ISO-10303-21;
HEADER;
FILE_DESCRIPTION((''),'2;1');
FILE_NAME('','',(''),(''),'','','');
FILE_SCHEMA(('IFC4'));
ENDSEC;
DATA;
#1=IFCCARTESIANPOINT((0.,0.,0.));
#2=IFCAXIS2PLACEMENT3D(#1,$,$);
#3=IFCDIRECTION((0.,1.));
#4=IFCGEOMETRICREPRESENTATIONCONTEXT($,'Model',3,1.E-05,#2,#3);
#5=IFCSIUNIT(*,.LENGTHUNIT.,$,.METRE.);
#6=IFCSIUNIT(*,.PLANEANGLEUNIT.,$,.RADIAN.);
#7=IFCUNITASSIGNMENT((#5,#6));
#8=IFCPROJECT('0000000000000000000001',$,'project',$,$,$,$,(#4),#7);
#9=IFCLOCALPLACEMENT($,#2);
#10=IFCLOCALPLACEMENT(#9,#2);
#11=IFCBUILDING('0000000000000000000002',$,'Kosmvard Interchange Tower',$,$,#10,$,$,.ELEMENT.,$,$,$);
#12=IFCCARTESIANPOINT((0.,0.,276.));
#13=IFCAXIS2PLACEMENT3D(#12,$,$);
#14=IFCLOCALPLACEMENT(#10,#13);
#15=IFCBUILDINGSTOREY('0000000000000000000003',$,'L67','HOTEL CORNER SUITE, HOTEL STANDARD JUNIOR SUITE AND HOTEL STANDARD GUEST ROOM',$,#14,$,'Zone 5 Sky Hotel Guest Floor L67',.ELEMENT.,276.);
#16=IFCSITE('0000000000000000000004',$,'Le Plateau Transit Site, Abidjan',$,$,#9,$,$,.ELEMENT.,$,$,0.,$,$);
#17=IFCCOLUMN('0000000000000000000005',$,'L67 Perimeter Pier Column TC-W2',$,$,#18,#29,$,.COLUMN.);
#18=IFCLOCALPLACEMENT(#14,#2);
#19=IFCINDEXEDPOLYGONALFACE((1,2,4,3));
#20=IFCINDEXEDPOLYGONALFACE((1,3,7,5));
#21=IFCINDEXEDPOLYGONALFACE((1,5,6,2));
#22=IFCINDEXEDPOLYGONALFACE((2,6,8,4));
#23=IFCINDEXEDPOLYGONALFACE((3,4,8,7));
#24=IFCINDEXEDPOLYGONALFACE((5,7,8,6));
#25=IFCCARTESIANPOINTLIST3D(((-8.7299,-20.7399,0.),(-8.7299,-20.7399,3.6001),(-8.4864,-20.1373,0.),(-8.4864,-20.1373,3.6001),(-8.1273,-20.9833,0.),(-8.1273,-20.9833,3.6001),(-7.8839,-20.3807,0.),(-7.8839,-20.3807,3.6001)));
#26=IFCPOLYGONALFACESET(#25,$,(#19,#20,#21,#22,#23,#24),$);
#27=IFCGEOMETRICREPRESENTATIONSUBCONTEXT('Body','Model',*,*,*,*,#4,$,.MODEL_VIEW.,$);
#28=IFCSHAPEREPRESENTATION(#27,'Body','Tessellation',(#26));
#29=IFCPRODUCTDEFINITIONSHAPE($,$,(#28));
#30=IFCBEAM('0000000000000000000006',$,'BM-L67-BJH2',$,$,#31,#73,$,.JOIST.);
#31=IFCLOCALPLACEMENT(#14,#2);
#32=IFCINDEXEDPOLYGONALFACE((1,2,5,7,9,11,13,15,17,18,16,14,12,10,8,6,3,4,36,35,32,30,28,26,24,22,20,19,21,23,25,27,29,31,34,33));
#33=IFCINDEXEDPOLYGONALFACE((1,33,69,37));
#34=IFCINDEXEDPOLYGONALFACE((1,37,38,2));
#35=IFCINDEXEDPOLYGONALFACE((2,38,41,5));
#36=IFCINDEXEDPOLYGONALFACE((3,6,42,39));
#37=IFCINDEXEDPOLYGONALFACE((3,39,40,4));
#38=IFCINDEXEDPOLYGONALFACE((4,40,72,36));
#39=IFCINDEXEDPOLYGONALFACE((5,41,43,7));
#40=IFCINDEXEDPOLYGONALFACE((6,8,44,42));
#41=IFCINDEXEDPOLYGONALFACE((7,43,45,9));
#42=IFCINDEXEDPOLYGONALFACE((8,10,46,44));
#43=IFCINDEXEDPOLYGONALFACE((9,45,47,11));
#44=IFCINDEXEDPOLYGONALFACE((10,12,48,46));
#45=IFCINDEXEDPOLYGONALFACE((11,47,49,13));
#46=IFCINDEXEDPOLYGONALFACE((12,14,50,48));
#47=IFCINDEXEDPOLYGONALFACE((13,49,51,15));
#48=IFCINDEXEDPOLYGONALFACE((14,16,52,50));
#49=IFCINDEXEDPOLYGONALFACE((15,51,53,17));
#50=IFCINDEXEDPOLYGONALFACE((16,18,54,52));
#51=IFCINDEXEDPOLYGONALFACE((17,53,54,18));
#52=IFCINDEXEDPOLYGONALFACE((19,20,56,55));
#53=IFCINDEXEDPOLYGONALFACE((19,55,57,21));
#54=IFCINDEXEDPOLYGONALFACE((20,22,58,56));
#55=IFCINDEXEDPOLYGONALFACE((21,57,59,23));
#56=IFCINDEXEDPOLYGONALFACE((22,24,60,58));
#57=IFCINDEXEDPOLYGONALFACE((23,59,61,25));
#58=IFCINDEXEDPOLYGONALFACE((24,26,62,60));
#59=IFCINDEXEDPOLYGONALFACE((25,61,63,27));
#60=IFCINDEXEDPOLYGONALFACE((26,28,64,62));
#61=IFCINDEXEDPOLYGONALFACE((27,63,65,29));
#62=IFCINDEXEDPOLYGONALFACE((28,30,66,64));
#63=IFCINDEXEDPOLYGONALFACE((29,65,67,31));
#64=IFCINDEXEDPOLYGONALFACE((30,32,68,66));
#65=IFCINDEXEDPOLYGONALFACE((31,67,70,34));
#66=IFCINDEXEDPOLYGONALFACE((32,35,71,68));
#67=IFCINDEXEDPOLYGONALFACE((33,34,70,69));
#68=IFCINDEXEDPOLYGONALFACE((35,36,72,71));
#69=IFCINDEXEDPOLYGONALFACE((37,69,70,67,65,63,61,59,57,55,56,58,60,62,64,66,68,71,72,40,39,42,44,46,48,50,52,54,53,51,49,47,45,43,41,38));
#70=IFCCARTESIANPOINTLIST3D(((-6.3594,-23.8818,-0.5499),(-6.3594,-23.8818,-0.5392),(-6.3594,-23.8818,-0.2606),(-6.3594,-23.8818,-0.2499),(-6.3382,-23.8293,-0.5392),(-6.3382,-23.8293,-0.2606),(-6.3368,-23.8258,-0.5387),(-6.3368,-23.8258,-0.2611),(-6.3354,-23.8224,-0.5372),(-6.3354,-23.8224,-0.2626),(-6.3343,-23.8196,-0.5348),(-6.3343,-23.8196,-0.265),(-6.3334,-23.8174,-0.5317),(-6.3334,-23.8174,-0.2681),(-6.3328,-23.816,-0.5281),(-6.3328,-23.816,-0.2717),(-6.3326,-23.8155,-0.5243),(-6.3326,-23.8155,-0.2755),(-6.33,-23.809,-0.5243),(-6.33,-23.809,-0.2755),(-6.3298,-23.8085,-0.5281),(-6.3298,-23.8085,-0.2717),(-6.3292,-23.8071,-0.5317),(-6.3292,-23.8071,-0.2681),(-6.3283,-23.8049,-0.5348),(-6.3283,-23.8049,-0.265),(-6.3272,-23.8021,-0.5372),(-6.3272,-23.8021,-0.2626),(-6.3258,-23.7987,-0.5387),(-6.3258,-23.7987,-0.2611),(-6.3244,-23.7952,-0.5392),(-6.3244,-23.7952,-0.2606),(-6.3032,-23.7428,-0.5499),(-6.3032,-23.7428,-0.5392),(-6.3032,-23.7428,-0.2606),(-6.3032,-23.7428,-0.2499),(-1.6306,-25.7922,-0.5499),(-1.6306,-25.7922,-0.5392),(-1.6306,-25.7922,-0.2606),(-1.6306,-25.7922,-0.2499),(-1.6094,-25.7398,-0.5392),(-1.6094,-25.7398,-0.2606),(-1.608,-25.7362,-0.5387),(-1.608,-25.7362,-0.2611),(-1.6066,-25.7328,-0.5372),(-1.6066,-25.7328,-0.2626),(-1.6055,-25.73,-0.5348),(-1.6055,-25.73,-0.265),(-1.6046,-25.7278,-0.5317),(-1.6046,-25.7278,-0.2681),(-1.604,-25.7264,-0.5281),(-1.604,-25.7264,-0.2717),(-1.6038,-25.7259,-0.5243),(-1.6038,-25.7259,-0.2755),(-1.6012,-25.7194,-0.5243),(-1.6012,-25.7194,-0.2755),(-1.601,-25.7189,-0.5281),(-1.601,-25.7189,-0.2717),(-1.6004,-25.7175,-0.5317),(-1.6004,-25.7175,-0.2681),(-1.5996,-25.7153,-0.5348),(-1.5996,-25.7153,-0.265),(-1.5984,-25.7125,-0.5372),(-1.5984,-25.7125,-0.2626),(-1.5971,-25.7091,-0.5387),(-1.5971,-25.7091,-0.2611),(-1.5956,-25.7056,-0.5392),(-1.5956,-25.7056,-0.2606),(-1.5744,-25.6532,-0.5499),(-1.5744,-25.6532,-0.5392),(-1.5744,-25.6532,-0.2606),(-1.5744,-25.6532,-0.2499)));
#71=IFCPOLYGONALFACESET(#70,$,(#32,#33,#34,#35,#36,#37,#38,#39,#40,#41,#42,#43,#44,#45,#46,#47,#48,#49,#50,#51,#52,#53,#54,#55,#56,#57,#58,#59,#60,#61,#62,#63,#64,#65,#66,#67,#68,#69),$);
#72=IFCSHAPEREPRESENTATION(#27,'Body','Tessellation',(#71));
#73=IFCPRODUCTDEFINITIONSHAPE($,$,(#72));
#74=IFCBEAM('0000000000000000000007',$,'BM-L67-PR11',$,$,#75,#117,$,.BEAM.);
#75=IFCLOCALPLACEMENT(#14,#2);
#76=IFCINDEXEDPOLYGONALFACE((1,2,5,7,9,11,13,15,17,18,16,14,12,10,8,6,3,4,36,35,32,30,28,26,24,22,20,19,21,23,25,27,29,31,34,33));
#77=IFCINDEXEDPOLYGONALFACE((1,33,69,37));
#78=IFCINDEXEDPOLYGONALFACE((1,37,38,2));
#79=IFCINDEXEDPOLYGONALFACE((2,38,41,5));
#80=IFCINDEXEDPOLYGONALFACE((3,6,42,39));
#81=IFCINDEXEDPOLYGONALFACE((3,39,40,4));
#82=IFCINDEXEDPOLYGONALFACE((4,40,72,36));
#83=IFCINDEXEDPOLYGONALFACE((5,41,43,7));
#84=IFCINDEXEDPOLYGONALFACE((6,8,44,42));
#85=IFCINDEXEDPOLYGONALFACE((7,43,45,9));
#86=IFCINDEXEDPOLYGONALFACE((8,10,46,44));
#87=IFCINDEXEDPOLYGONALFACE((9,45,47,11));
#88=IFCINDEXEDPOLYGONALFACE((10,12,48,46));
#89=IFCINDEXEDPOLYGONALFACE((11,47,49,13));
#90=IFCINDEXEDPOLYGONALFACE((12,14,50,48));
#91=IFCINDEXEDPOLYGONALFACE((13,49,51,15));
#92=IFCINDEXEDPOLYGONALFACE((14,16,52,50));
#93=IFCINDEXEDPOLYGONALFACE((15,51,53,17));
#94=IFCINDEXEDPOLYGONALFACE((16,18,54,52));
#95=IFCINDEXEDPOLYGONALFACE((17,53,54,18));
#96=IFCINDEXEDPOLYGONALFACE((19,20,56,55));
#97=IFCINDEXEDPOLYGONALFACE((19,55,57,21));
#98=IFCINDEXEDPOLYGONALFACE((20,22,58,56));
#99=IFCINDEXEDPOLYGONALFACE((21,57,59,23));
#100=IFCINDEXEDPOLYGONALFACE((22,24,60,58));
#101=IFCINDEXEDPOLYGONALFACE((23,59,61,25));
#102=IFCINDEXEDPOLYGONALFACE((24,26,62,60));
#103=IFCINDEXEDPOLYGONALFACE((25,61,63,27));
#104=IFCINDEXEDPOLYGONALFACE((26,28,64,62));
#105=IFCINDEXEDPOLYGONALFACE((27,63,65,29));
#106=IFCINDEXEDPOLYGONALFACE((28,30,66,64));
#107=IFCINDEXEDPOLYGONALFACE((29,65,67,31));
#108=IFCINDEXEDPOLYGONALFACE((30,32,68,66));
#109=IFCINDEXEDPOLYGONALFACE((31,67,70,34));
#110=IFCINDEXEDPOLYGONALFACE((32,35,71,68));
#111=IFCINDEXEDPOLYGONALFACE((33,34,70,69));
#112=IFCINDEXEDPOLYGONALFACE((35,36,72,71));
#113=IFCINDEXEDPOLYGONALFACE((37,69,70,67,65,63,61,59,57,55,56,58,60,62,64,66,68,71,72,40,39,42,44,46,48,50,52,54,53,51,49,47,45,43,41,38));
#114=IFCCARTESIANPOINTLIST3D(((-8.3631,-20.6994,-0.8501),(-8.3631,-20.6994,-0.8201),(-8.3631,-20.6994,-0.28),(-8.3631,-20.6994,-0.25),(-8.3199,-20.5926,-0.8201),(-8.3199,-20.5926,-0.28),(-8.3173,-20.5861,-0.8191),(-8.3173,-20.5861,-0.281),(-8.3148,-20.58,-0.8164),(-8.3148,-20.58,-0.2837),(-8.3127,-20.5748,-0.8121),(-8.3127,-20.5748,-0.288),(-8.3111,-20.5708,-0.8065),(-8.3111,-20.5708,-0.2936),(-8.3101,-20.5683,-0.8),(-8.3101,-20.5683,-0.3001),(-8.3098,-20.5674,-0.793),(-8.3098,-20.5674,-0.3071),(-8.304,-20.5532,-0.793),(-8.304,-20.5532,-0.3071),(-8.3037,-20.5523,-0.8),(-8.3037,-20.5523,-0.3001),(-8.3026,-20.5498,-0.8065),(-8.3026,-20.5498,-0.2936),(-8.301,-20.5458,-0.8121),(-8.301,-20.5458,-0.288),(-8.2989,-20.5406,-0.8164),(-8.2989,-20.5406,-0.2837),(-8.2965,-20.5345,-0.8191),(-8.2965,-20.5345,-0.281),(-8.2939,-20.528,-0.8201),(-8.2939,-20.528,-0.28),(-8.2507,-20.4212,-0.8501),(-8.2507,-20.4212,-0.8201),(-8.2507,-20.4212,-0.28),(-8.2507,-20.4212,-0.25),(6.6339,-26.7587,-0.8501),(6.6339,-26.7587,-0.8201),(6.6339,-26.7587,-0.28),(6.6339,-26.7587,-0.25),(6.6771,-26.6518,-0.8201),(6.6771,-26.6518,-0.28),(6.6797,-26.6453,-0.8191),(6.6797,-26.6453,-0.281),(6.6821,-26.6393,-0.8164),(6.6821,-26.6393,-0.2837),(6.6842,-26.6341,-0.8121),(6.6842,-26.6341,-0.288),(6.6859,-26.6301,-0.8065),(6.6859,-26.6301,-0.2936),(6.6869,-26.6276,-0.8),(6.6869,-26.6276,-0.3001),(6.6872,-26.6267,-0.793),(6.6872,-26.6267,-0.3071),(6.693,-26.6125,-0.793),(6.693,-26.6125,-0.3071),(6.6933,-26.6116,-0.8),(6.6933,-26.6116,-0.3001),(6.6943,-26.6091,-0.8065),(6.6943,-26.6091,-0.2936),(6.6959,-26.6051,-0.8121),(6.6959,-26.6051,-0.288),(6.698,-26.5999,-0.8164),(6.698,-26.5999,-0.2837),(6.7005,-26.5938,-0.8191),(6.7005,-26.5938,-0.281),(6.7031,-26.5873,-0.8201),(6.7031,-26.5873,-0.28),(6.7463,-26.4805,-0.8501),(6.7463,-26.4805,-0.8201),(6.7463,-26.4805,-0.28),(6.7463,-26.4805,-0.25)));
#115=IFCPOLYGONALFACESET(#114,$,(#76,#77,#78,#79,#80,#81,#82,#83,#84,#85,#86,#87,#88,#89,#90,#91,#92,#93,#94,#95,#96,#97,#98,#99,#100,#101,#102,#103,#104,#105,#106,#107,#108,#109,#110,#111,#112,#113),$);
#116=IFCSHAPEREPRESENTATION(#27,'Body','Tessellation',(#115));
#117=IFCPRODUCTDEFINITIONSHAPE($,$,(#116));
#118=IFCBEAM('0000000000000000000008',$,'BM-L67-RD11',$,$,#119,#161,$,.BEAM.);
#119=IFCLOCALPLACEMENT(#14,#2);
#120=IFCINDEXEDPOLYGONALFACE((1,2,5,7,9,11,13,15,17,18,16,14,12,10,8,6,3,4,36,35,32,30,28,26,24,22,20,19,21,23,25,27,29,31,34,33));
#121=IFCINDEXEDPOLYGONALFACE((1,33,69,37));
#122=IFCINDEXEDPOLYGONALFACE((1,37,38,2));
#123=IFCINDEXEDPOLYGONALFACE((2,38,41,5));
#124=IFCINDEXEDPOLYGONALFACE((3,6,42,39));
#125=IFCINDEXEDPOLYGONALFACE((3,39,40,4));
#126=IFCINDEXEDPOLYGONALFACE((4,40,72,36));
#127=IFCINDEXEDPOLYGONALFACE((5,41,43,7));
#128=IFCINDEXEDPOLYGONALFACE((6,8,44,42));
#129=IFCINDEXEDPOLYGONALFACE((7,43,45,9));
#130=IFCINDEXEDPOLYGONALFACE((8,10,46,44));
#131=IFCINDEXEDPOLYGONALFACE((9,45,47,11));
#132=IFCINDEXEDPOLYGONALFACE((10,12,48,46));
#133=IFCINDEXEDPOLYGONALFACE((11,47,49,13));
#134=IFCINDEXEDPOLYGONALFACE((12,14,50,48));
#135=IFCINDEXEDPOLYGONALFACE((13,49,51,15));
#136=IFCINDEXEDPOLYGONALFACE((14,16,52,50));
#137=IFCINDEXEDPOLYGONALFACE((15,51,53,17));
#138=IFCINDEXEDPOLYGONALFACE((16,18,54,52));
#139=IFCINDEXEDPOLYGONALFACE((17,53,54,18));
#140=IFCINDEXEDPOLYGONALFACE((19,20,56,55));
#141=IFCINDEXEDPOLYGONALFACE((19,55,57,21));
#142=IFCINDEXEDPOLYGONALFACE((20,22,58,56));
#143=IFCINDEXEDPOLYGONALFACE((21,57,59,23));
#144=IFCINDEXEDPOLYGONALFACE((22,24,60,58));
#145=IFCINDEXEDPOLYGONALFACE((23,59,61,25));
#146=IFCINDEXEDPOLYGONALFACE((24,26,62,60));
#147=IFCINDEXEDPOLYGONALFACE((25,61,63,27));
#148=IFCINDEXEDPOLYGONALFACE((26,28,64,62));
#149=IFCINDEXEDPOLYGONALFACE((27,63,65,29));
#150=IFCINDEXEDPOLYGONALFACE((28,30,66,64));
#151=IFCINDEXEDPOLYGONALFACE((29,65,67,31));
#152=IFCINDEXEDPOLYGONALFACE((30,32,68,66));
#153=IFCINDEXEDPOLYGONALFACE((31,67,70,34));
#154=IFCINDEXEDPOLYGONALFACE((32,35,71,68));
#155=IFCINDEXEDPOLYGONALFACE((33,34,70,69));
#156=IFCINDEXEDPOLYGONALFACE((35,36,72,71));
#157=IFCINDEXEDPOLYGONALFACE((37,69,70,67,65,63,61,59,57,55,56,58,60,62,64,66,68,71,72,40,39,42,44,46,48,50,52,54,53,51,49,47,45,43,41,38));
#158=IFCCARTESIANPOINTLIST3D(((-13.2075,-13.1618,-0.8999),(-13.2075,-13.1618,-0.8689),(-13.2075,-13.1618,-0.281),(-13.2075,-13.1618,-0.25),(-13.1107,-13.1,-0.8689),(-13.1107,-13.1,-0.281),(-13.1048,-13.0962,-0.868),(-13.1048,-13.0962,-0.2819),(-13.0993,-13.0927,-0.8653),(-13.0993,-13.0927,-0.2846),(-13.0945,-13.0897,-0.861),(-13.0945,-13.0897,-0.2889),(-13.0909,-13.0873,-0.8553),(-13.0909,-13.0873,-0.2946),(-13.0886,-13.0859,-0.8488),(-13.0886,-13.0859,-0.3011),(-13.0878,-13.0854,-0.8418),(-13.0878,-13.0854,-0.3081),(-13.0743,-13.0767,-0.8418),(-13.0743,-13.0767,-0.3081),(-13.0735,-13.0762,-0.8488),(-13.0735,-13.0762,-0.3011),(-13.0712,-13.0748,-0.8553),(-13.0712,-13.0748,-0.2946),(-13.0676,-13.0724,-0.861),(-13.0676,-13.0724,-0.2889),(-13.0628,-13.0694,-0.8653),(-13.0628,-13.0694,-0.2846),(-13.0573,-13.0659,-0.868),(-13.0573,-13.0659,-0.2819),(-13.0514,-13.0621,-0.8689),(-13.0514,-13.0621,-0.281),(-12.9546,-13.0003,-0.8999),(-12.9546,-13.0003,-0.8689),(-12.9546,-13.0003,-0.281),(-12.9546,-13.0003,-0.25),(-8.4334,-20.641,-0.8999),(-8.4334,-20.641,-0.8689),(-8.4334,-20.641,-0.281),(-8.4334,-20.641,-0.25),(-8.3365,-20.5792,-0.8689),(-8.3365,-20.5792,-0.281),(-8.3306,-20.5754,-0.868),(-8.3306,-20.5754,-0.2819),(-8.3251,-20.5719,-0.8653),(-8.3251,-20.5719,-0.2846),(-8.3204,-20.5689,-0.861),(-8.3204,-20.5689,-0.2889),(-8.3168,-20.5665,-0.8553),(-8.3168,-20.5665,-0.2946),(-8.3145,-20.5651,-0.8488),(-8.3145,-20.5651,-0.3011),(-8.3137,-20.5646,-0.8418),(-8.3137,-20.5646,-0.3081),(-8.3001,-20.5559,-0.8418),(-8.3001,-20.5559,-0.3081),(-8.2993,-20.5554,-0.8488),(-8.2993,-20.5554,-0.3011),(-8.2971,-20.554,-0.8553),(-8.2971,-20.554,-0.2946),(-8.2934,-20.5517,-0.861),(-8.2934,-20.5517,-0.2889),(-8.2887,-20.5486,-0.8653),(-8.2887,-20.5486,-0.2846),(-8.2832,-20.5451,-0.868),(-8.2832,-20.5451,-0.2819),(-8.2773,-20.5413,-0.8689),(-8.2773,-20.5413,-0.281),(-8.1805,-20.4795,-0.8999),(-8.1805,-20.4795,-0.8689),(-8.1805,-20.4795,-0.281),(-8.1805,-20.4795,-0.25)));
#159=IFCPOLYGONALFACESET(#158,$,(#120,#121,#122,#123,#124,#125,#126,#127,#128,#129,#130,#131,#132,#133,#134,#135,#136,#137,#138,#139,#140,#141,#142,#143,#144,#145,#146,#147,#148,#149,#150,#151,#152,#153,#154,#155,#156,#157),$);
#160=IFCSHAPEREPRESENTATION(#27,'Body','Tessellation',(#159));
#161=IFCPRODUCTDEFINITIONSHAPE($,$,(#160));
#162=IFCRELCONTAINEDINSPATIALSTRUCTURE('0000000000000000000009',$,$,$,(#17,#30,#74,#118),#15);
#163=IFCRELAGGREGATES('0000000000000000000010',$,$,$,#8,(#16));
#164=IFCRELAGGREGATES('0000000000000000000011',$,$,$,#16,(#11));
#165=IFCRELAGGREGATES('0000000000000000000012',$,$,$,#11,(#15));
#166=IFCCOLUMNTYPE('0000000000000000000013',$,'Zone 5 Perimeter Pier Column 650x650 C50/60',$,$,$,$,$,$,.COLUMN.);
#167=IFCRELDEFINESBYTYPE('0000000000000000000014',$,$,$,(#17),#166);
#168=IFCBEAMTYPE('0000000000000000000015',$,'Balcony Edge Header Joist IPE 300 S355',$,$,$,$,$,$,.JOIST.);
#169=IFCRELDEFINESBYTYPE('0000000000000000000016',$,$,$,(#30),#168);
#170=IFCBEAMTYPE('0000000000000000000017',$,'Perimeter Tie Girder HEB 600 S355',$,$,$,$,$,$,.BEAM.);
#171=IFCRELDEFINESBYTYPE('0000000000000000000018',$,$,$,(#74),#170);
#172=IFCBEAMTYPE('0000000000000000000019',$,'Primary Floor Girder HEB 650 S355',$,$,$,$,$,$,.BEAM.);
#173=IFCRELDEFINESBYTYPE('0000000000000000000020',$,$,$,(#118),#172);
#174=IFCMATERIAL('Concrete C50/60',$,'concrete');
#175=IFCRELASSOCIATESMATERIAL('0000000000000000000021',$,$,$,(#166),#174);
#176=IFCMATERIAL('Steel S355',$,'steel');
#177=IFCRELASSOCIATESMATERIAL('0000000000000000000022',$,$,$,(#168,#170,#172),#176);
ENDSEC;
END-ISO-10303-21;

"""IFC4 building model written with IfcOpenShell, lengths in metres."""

from ifc_helpers import new_model, si_unit, direction, frame, origin, origin_2d, place, context, subcontext, project, spatial, rectangle, i_section, extrude, source, transform, mapped, material, material_profile, profile_set, type_object, element, save


model = new_model("IFC4")

# Units and contexts
model_context = context("Model", 3, precision=1e-05, world=origin(), true_north=direction((0.0, 1.0)))
body_context = subcontext(model_context, "Body", "Model", "MODEL_VIEW")
ifc_project = project(units=[si_unit("LENGTHUNIT", "METRE"), si_unit("PLANEANGLEUNIT", "RADIAN")], contexts=[model_context])

# Site, building, storey
site_placement = place(None, origin())
site = spatial("IfcSite", under=ifc_project, at=site_placement, Name="Le Plateau Transit Site, Abidjan", CompositionType="ELEMENT", RefElevation=0.0)
building_placement = place(site_placement, origin())
building = spatial("IfcBuilding", under=site, at=building_placement, Name="Kosmvard Interchange Tower", CompositionType="ELEMENT")
storey_placement = place(building_placement, frame((0.0, 0.0, 276.0)))
storey = spatial("IfcBuildingStorey", under=building, at=storey_placement, Name="L67", Description="HOTEL CORNER SUITE, HOTEL STANDARD JUNIOR SUITE AND HOTEL STANDARD GUEST ROOM", LongName="Zone 5 Sky Hotel Guest Floor L67", CompositionType="ELEMENT", Elevation=276.0)

# Column
ifc_material_1 = material(Name="Concrete C50/60", Category="concrete")
ifc_material_profile_1 = material_profile(ifc_material_1, rectangle(XDim=0.6499, YDim=0.6499, at=origin_2d()), Name="TC 650x650")
ifc_profile_set_1 = profile_set([ifc_material_profile_1], Name="Concrete C50/60")
column_type = type_object("IfcColumnType", Name="Zone 5 Perimeter Pier Column 650x650 C50/60", PredefinedType="COLUMN", material=ifc_profile_set_1)
shared_shape_1 = source(origin(), body_context, "Body", "SweptSolid", [
    extrude(rectangle(XDim=0.6499, YDim=0.6499, at=origin_2d()), origin(), (0.0, 0.0, 1.0), 3.6001),
])
column_placement = place(storey_placement, frame((-8.3069, -20.5603, 0.0), z_axis=(0.0, 0.0, 1.0), x_axis=(0.374607, 0.927184, 0.0)))
element("IfcColumn", 1, at=column_placement, inside=storey, type_object=column_type, Name="L67 Perimeter Pier Column TC-W2", PredefinedType="COLUMN", context=body_context, shape_type="MappedRepresentation", body=[
    mapped(shared_shape_1, transform((0.0, 0.0, 0.0), scale=1.0)),
])

# Beams
ifc_material_2 = material(Name="Steel S355", Category="steel")
ifc_material_profile_2 = material_profile(ifc_material_2, i_section(OverallWidth=0.1499, OverallDepth=0.3, WebThickness=0.0071, FlangeThickness=0.0107, FilletRadius=0.0149, at=origin_2d()), Name="IPE 300")
ifc_profile_set_2 = profile_set([ifc_material_profile_2], Name="Steel S355")
beam_type_1 = type_object("IfcBeamType", Name="Balcony Edge Header Joist IPE 300 S355", PredefinedType="JOIST", material=ifc_profile_set_2)
shared_shape_2 = source(origin(), body_context, "Body", "SweptSolid", [
    extrude(i_section(OverallWidth=0.1499, OverallDepth=0.3, WebThickness=0.0071, FlangeThickness=0.0107, FilletRadius=0.0149, at=origin_2d()), origin(), (0.0, 0.0, 1.0), 5.1001),
])
beam_1_placement = place(storey_placement, frame((-6.3313, -23.8123, -0.3999), z_axis=(0.927194, -0.374583, 0.0), x_axis=(0.374583, 0.927194, 0.0)))
element("IfcBeam", 2, at=beam_1_placement, inside=storey, type_object=beam_type_1, Name="BM-L67-BJH2", PredefinedType="JOIST", context=body_context, shape_type="MappedRepresentation", body=[
    mapped(shared_shape_2, transform((0.0, 0.0, 0.0), scale=1.0)),
])
ifc_material_profile_3 = material_profile(ifc_material_2, i_section(OverallWidth=0.3, OverallDepth=0.6001, WebThickness=0.0154, FlangeThickness=0.03, FilletRadius=0.0271, at=origin_2d()), Name="HEB 600")
ifc_profile_set_3 = profile_set([ifc_material_profile_3], Name="Steel S355")
beam_type_2 = type_object("IfcBeamType", Name="Perimeter Tie Girder HEB 600 S355", PredefinedType="BEAM", material=ifc_profile_set_3)
shared_shape_3 = source(origin(), body_context, "Body", "SweptSolid", [
    extrude(i_section(OverallWidth=0.3, OverallDepth=0.6001, WebThickness=0.0154, FlangeThickness=0.03, FilletRadius=0.0271, at=origin_2d()), origin(), (0.0, 0.0, 1.0), 16.1748),
])
beam_2_placement = place(storey_placement, frame((-8.3069, -20.5603, -0.55), z_axis=(0.927181, -0.374613, 0.0), x_axis=(0.374613, 0.927181, 0.0)))
element("IfcBeam", 3, at=beam_2_placement, inside=storey, type_object=beam_type_2, Name="BM-L67-PR11", PredefinedType="BEAM", context=body_context, shape_type="MappedRepresentation", body=[
    mapped(shared_shape_3, transform((0.0, 0.0, 0.0), scale=1.0)),
])
ifc_material_profile_4 = material_profile(ifc_material_2, i_section(OverallWidth=0.3, OverallDepth=0.6499, WebThickness=0.0161, FlangeThickness=0.031, FilletRadius=0.0271, at=origin_2d()), Name="HEB 650")
ifc_profile_set_4 = profile_set([ifc_material_profile_4], Name="Steel S355")
beam_type_3 = type_object("IfcBeamType", Name="Primary Floor Girder HEB 650 S355", PredefinedType="BEAM", material=ifc_profile_set_4)
shared_shape_4 = source(origin(), body_context, "Body", "SweptSolid", [
    extrude(i_section(OverallWidth=0.3, OverallDepth=0.6499, WebThickness=0.0161, FlangeThickness=0.031, FilletRadius=0.0271, at=origin_2d()), origin(), (0.0, 0.0, 1.0), 8.873),
])
beam_3_placement = place(storey_placement, frame((-13.0811, -13.0811, -0.575), z_axis=(0.53805, -0.842913, 0.0), x_axis=(0.842913, 0.53805, 0.0)))
element("IfcBeam", 4, at=beam_3_placement, inside=storey, type_object=beam_type_3, Name="BM-L67-RD11", PredefinedType="BEAM", context=body_context, shape_type="MappedRepresentation", body=[
    mapped(shared_shape_4, transform((0.0, 0.0, 0.0), scale=1.0)),
])

save(model, "model.ifc")
